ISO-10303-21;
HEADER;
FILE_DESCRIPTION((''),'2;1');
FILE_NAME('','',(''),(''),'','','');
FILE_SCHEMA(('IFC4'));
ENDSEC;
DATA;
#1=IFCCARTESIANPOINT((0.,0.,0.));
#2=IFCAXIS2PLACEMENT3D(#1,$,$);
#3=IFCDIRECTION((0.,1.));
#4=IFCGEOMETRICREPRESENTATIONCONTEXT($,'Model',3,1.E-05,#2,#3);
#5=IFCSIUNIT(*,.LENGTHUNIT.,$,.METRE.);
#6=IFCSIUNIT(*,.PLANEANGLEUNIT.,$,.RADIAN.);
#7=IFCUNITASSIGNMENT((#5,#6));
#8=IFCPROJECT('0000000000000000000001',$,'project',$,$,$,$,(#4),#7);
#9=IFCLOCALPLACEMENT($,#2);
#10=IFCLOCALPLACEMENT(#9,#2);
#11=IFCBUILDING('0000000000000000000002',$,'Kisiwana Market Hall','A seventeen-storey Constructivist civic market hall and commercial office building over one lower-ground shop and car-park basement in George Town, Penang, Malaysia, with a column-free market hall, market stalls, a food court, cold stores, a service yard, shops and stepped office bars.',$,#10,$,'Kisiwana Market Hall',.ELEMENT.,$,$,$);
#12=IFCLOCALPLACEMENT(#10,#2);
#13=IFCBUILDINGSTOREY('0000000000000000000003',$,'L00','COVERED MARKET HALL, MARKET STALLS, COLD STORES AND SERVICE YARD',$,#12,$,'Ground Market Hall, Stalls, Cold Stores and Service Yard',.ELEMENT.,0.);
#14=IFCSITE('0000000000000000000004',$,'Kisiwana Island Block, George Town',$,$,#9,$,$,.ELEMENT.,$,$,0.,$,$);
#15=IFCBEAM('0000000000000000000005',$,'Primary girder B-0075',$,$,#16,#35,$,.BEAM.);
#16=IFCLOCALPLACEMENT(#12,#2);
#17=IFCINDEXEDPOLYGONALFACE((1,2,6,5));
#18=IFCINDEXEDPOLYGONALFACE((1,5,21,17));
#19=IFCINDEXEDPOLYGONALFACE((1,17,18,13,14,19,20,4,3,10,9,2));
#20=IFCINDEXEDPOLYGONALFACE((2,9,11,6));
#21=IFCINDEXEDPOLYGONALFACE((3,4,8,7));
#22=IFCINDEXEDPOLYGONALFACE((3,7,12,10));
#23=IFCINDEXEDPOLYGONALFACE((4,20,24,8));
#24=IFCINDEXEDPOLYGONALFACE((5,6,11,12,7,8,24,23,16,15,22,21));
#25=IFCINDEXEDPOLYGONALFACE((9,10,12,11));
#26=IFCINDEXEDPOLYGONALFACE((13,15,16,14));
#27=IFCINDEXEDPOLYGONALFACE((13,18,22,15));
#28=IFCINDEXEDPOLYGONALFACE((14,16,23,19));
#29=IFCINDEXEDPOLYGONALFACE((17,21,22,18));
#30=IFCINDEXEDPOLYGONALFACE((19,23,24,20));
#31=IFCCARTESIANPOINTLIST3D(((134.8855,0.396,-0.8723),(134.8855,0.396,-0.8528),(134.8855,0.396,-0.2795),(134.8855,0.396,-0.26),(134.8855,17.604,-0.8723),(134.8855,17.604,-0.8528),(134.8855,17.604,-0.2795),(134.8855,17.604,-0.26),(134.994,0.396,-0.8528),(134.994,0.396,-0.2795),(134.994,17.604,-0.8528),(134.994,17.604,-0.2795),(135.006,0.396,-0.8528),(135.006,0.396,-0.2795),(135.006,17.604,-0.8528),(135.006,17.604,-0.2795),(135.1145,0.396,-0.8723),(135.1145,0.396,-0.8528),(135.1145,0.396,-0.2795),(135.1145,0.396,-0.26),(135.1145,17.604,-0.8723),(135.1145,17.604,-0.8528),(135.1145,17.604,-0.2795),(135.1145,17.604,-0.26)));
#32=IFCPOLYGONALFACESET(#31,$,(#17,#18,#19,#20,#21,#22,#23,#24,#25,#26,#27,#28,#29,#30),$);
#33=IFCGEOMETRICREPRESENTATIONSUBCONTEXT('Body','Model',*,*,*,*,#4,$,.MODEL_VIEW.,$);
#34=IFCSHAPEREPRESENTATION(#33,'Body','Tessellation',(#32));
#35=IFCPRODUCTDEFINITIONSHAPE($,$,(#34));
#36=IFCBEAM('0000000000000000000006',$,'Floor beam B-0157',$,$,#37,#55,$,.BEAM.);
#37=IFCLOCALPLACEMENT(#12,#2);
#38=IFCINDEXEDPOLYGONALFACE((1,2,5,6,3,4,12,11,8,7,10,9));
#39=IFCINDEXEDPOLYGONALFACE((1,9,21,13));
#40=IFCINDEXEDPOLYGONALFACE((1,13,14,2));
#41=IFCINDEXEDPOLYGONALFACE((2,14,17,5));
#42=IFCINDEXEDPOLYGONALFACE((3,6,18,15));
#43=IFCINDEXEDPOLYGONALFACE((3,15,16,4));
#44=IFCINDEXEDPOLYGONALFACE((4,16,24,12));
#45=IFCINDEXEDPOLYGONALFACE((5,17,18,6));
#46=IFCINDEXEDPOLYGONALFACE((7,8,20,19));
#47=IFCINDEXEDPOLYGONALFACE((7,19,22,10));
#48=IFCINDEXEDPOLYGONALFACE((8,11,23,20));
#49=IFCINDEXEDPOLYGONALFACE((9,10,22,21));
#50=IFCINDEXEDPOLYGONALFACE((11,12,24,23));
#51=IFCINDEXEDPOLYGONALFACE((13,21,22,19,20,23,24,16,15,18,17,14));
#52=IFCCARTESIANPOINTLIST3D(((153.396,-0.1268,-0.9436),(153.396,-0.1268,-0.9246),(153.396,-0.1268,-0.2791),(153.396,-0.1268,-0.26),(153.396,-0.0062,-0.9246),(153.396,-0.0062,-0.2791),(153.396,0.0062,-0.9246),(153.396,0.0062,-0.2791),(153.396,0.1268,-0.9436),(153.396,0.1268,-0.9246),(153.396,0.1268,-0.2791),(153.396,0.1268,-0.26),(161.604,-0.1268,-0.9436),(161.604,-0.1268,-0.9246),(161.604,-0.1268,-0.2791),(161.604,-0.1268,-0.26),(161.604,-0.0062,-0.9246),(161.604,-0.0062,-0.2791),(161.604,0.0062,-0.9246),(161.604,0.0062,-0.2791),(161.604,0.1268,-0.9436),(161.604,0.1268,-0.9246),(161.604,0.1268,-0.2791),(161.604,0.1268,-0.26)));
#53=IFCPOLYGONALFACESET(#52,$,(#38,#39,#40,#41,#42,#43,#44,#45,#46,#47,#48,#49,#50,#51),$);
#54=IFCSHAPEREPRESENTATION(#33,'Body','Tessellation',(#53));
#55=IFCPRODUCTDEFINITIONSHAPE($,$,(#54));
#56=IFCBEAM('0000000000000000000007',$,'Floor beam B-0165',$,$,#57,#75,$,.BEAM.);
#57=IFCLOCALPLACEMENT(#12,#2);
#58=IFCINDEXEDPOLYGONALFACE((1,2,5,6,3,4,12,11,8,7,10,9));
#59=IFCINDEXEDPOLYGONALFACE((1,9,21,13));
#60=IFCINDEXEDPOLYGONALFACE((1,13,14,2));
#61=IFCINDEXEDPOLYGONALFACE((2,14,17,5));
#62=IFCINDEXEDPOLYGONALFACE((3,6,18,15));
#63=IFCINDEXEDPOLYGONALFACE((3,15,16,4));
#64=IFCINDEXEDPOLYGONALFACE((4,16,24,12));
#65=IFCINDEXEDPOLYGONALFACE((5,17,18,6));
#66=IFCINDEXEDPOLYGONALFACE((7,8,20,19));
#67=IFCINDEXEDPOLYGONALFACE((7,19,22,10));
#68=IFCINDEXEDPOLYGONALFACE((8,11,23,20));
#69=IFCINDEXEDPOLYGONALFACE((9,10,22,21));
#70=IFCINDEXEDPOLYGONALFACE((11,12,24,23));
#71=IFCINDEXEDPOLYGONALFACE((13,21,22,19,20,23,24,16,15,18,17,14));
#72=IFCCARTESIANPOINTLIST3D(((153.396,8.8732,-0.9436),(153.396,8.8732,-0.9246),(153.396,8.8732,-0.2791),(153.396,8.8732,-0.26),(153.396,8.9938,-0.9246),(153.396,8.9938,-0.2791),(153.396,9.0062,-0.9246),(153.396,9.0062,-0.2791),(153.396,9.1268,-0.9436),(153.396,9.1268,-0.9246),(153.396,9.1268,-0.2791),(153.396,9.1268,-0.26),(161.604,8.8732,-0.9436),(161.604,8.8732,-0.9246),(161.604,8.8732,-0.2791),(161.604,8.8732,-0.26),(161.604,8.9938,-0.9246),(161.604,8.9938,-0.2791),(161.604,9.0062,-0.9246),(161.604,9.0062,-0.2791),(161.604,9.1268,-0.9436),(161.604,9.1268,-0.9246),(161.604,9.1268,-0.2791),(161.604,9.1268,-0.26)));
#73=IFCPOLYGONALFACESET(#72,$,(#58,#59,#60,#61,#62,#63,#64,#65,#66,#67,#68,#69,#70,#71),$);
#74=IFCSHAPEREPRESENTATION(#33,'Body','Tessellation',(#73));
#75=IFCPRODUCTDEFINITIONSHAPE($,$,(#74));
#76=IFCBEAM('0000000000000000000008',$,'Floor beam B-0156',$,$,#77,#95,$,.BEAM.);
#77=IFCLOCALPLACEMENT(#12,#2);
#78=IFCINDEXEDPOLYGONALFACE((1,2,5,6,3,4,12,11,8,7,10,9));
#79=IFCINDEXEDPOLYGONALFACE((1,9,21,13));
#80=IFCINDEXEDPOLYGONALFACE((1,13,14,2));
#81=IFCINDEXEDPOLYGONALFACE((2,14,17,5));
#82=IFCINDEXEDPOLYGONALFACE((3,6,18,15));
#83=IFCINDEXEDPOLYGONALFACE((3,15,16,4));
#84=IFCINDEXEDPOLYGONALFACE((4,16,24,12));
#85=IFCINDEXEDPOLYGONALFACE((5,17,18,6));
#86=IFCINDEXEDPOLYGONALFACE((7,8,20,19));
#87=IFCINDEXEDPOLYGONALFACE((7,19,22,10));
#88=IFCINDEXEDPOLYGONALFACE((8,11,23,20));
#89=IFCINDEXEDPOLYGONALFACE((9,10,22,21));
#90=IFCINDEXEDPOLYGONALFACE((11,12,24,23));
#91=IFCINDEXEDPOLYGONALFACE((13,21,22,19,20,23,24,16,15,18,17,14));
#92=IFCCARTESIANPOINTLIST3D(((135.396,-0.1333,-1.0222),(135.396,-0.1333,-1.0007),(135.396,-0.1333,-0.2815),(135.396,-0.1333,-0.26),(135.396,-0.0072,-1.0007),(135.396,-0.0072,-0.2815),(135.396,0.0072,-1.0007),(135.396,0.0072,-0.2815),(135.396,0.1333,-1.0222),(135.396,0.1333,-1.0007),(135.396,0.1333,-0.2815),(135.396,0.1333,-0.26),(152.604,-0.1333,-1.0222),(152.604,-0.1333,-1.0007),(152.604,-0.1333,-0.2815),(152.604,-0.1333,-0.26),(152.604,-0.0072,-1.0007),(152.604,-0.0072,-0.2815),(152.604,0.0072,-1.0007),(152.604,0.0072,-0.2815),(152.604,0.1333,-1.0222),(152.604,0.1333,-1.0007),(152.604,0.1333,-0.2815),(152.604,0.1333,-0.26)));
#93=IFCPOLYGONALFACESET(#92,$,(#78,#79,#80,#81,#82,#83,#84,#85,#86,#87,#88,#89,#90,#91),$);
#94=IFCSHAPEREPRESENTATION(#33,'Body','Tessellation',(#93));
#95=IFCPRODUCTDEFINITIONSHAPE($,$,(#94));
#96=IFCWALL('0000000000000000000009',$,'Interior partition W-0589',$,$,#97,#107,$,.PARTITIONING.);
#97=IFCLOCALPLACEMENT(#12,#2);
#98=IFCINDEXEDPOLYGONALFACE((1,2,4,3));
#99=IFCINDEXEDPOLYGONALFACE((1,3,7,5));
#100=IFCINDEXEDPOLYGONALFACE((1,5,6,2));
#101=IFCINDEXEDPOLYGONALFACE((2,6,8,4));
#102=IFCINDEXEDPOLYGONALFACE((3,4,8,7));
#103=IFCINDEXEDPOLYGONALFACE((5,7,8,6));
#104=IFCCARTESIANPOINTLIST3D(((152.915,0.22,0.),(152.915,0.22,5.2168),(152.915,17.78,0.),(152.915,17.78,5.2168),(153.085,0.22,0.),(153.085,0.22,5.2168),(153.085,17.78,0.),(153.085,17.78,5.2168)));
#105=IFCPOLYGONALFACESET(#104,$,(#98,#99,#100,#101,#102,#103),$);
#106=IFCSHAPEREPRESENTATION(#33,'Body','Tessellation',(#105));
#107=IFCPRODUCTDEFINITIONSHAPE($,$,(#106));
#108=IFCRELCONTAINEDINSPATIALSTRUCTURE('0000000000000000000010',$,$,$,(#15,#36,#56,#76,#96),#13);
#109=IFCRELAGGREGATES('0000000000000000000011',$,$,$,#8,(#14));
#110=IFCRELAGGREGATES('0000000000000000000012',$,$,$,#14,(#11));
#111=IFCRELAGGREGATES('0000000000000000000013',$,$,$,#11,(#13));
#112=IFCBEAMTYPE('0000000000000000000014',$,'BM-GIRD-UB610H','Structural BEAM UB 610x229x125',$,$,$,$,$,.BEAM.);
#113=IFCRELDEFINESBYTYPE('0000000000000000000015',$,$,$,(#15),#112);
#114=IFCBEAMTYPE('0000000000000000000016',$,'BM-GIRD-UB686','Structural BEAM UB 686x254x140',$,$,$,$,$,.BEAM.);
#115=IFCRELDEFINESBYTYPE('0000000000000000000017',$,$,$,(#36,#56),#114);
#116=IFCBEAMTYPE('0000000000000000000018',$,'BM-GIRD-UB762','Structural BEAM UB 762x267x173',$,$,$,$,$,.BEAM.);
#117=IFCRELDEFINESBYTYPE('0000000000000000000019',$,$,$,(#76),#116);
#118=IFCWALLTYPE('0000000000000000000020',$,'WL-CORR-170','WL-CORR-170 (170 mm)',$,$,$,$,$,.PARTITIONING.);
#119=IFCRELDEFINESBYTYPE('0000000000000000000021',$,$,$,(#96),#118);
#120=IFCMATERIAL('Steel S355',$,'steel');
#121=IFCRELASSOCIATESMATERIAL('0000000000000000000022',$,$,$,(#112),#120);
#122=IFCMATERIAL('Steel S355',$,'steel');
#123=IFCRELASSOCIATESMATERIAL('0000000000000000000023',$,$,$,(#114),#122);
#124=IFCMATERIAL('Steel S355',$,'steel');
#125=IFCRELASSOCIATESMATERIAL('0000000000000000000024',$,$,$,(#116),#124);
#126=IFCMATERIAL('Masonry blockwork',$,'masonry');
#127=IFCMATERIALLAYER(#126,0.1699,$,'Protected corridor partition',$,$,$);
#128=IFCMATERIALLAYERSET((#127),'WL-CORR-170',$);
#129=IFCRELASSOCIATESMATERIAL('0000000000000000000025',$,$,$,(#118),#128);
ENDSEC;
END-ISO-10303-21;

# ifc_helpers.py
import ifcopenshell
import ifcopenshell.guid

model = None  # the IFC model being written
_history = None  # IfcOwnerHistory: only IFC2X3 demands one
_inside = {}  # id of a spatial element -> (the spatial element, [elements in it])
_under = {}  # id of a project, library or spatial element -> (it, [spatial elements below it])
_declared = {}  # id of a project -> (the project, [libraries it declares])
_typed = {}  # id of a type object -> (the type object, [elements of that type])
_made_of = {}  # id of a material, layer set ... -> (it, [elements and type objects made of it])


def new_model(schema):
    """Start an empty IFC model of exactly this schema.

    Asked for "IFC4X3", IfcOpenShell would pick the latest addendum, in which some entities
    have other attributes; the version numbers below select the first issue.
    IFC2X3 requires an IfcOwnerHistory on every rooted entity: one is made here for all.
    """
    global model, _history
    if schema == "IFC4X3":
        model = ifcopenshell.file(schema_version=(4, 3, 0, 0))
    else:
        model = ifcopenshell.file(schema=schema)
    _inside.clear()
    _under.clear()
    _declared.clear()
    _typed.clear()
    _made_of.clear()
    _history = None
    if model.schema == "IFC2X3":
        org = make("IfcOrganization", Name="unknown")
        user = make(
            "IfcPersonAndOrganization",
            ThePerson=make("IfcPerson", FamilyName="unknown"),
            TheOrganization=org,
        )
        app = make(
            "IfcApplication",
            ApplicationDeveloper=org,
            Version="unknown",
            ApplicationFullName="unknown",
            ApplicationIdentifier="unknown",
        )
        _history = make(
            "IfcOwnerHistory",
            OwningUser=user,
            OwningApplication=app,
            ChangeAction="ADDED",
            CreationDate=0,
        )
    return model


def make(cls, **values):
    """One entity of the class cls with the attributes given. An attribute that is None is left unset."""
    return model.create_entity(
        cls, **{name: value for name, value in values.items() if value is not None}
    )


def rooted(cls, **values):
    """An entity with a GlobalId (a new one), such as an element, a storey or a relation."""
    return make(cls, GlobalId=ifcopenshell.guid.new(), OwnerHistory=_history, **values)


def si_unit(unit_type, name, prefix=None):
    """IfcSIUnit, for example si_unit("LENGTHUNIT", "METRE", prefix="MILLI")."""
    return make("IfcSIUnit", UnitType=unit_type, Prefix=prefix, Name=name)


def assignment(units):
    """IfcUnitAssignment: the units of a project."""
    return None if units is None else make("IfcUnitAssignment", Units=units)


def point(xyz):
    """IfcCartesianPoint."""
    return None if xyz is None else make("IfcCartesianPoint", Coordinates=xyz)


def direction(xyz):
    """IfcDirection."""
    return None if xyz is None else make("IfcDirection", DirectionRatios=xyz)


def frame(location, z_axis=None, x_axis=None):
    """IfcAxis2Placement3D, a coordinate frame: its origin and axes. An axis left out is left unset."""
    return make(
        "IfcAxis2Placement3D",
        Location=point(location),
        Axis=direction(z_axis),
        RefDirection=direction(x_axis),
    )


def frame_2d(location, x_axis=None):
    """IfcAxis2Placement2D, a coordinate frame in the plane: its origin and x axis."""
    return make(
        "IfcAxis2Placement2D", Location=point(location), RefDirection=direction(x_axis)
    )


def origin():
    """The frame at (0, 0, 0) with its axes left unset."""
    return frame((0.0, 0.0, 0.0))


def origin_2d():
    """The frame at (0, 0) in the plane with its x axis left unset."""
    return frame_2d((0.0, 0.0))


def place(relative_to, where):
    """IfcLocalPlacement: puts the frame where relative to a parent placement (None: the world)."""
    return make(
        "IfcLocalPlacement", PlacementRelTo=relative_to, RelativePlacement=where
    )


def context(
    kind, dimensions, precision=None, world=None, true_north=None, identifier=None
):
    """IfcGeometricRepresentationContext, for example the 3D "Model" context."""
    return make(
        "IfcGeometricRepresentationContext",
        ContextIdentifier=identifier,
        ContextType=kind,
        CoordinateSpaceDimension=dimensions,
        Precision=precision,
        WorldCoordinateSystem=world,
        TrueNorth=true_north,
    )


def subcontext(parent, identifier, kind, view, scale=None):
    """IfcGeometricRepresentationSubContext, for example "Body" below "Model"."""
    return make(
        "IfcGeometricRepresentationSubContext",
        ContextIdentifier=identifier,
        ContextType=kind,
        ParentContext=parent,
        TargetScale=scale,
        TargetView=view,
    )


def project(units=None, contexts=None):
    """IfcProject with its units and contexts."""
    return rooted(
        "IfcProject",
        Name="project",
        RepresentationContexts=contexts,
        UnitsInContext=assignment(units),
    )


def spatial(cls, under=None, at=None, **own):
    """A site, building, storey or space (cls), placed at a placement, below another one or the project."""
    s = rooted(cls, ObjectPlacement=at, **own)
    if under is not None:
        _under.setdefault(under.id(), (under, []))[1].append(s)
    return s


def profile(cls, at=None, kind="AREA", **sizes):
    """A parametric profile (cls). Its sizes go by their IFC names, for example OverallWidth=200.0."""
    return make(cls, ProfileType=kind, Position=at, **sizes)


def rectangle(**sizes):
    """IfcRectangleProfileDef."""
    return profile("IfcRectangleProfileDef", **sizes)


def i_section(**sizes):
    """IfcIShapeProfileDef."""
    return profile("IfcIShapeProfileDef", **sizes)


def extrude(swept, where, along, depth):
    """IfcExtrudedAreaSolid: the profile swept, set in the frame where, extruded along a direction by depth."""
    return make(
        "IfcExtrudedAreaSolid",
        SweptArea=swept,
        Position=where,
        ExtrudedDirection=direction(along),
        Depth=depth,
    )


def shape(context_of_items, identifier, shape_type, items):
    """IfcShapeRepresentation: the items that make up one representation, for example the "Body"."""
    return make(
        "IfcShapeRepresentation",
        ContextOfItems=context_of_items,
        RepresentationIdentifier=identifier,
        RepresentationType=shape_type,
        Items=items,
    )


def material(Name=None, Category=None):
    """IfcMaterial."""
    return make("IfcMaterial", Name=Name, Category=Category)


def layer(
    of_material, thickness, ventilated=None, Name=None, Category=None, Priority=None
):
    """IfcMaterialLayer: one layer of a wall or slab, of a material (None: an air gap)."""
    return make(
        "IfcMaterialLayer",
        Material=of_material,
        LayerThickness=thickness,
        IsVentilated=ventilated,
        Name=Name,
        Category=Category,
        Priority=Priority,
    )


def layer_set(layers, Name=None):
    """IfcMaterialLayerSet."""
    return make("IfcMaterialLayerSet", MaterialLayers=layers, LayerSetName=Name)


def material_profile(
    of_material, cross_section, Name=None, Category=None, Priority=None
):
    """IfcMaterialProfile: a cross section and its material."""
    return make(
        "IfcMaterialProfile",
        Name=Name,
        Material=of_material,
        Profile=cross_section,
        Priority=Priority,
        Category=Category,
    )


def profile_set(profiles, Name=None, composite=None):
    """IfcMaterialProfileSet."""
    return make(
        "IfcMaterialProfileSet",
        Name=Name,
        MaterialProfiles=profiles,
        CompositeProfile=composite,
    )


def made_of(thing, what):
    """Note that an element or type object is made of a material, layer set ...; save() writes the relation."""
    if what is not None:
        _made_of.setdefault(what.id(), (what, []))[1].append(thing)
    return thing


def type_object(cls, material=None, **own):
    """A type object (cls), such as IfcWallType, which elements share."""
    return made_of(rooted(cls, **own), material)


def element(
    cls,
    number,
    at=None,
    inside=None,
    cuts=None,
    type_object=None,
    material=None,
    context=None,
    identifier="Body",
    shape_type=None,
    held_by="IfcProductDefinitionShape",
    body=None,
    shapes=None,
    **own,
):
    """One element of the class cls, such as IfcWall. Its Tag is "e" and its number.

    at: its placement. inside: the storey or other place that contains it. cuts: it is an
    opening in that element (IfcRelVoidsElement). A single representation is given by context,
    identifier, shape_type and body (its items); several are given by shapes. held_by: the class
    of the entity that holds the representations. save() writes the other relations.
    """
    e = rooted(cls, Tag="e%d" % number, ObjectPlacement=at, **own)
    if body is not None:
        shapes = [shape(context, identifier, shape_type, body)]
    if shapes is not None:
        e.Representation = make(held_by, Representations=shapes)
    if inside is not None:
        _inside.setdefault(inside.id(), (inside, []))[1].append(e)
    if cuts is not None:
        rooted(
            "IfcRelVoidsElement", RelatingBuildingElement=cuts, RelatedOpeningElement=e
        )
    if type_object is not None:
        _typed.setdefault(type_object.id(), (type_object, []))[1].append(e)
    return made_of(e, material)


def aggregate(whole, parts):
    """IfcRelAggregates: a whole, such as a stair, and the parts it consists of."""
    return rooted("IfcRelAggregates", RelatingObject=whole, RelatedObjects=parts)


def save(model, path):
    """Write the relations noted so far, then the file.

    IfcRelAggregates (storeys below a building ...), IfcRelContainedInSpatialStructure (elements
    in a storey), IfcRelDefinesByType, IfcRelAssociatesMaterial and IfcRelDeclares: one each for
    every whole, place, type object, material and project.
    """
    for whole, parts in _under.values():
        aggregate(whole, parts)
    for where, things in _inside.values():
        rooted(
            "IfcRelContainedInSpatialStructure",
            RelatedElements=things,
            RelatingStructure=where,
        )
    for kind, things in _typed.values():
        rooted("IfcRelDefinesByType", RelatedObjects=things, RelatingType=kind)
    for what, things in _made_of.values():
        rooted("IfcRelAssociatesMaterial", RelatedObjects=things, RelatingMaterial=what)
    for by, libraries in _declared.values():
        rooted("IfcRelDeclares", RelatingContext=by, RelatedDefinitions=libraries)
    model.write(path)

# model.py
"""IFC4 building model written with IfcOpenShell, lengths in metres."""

from ifc_helpers import new_model, si_unit, direction, frame, frame_2d, origin, origin_2d, place, context, subcontext, project, spatial, rectangle, i_section, extrude, material, layer, layer_set, material_profile, profile_set, type_object, element, save


model = new_model("IFC4")

# Units and contexts
model_context = context("Model", 3, precision=1e-05, world=origin(), true_north=direction((0.0, 1.0)))
body_context = subcontext(model_context, "Body", "Model", "MODEL_VIEW")
ifc_project = project(units=[si_unit("LENGTHUNIT", "METRE"), si_unit("PLANEANGLEUNIT", "RADIAN")], contexts=[model_context])

# Site, building, storey
site_placement = place(None, origin())
site = spatial("IfcSite", under=ifc_project, at=site_placement, Name="Kisiwana Island Block, George Town", CompositionType="ELEMENT", RefElevation=0.0)
building_placement = place(site_placement, origin())
building = spatial("IfcBuilding", under=site, at=building_placement, Name="Kisiwana Market Hall", Description="A seventeen-storey Constructivist civic market hall and commercial office building over one lower-ground shop and car-park basement in George Town, Penang, Malaysia, with a column-free market hall, market stalls, a food court, cold stores, a service yard, shops and stepped office bars.", LongName="Kisiwana Market Hall", CompositionType="ELEMENT")
storey_placement = place(building_placement, origin())
storey = spatial("IfcBuildingStorey", under=building, at=storey_placement, Name="L00", Description="COVERED MARKET HALL, MARKET STALLS, COLD STORES AND SERVICE YARD", LongName="Ground Market Hall, Stalls, Cold Stores and Service Yard", CompositionType="ELEMENT", Elevation=0.0)

# Beams
ifc_material_1 = material(Name="Steel S355", Category="steel")
ifc_material_profile_1 = material_profile(ifc_material_1, i_section(OverallWidth=0.229, OverallDepth=0.6123, WebThickness=0.012, FlangeThickness=0.0195, at=origin_2d()), Name="UB 610x229x125")
ifc_profile_set_1 = profile_set([ifc_material_profile_1], Name="Steel S355")
beam_type_1 = type_object("IfcBeamType", Name="BM-GIRD-UB610H", Description="Structural BEAM UB 610x229x125", PredefinedType="BEAM", material=ifc_profile_set_1)
beam_1_placement = place(storey_placement, frame((135.0, 0.396, -0.5662), z_axis=(0.0, 1.0, 0.0), x_axis=(-1.0, 0.0, 0.0)))
element("IfcBeam", 1, at=beam_1_placement, inside=storey, type_object=beam_type_1, Name="Primary girder B-0075", PredefinedType="BEAM", context=body_context, shape_type="SweptSolid", body=[
    extrude(i_section(OverallWidth=0.229, OverallDepth=0.6123, WebThickness=0.012, FlangeThickness=0.0195, at=origin_2d()), origin(), (0.0, 0.0, 1.0), 17.208),
])
ifc_material_2 = material(Name="Steel S355", Category="steel")
ifc_material_profile_2 = material_profile(ifc_material_2, i_section(OverallWidth=0.2537, OverallDepth=0.6836, WebThickness=0.0125, FlangeThickness=0.019, at=origin_2d()), Name="UB 686x254x140")
ifc_profile_set_2 = profile_set([ifc_material_profile_2], Name="Steel S355")
beam_type_2 = type_object("IfcBeamType", Name="BM-GIRD-UB686", Description="Structural BEAM UB 686x254x140", PredefinedType="BEAM", material=ifc_profile_set_2)
for number, where, z_axis, x_axis, name in (
    (2, (153.396, 0.0, -0.6018), (1.0, 0.0, 0.0), (0.0, 1.0, 0.0), "Floor beam B-0157"),
    (3, (153.396, 9.0, -0.6018), (1.0, 0.0, 0.0), (0.0, 1.0, 0.0), "Floor beam B-0165"),
):
    element("IfcBeam", number, at=place(storey_placement, frame(where, z_axis=z_axis, x_axis=x_axis)), inside=storey, type_object=beam_type_2, Name=name, PredefinedType="BEAM", context=body_context, shape_type="SweptSolid", body=[
        extrude(i_section(OverallWidth=0.2537, OverallDepth=0.6836, WebThickness=0.0125, FlangeThickness=0.019, at=origin_2d()), origin(), (0.0, 0.0, 1.0), 8.208),
    ])
ifc_material_3 = material(Name="Steel S355", Category="steel")
ifc_material_profile_3 = material_profile(ifc_material_3, i_section(OverallWidth=0.2666, OverallDepth=0.7622, WebThickness=0.0144, FlangeThickness=0.0215, at=origin_2d()), Name="UB 762x267x173")
ifc_profile_set_3 = profile_set([ifc_material_profile_3], Name="Steel S355")
beam_type_3 = type_object("IfcBeamType", Name="BM-GIRD-UB762", Description="Structural BEAM UB 762x267x173", PredefinedType="BEAM", material=ifc_profile_set_3)
beam_2_placement = place(storey_placement, frame((135.396, 0.0, -0.6411), z_axis=(1.0, 0.0, 0.0), x_axis=(0.0, 1.0, 0.0)))
element("IfcBeam", 4, at=beam_2_placement, inside=storey, type_object=beam_type_3, Name="Floor beam B-0156", PredefinedType="BEAM", context=body_context, shape_type="SweptSolid", body=[
    extrude(i_section(OverallWidth=0.2666, OverallDepth=0.7622, WebThickness=0.0144, FlangeThickness=0.0215, at=origin_2d()), origin(), (0.0, 0.0, 1.0), 17.208),
])

# Wall
ifc_material_4 = material(Name="Masonry blockwork", Category="masonry")
ifc_layer_1 = layer(ifc_material_4, 0.1699, Name="Protected corridor partition")
ifc_layer_set_1 = layer_set([ifc_layer_1], Name="WL-CORR-170")
wall_type_1 = type_object("IfcWallType", Name="WL-CORR-170", Description="WL-CORR-170 (170 mm)", PredefinedType="PARTITIONING", material=ifc_layer_set_1)
wall_1_placement = place(storey_placement, frame((153.0, 0.22, 0.0), z_axis=(0.0, 0.0, 1.0), x_axis=(0.0, 1.0, 0.0)))
element("IfcWall", 5, at=wall_1_placement, inside=storey, type_object=wall_type_1, Name="Interior partition W-0589", PredefinedType="PARTITIONING", context=body_context, shape_type="SweptSolid", body=[
    extrude(rectangle(XDim=17.5601, YDim=0.1699, at=frame_2d((8.78, 0.0))), origin(), (0.0, 0.0, 1.0), 5.2168),
])

save(model, "model.ifc")
